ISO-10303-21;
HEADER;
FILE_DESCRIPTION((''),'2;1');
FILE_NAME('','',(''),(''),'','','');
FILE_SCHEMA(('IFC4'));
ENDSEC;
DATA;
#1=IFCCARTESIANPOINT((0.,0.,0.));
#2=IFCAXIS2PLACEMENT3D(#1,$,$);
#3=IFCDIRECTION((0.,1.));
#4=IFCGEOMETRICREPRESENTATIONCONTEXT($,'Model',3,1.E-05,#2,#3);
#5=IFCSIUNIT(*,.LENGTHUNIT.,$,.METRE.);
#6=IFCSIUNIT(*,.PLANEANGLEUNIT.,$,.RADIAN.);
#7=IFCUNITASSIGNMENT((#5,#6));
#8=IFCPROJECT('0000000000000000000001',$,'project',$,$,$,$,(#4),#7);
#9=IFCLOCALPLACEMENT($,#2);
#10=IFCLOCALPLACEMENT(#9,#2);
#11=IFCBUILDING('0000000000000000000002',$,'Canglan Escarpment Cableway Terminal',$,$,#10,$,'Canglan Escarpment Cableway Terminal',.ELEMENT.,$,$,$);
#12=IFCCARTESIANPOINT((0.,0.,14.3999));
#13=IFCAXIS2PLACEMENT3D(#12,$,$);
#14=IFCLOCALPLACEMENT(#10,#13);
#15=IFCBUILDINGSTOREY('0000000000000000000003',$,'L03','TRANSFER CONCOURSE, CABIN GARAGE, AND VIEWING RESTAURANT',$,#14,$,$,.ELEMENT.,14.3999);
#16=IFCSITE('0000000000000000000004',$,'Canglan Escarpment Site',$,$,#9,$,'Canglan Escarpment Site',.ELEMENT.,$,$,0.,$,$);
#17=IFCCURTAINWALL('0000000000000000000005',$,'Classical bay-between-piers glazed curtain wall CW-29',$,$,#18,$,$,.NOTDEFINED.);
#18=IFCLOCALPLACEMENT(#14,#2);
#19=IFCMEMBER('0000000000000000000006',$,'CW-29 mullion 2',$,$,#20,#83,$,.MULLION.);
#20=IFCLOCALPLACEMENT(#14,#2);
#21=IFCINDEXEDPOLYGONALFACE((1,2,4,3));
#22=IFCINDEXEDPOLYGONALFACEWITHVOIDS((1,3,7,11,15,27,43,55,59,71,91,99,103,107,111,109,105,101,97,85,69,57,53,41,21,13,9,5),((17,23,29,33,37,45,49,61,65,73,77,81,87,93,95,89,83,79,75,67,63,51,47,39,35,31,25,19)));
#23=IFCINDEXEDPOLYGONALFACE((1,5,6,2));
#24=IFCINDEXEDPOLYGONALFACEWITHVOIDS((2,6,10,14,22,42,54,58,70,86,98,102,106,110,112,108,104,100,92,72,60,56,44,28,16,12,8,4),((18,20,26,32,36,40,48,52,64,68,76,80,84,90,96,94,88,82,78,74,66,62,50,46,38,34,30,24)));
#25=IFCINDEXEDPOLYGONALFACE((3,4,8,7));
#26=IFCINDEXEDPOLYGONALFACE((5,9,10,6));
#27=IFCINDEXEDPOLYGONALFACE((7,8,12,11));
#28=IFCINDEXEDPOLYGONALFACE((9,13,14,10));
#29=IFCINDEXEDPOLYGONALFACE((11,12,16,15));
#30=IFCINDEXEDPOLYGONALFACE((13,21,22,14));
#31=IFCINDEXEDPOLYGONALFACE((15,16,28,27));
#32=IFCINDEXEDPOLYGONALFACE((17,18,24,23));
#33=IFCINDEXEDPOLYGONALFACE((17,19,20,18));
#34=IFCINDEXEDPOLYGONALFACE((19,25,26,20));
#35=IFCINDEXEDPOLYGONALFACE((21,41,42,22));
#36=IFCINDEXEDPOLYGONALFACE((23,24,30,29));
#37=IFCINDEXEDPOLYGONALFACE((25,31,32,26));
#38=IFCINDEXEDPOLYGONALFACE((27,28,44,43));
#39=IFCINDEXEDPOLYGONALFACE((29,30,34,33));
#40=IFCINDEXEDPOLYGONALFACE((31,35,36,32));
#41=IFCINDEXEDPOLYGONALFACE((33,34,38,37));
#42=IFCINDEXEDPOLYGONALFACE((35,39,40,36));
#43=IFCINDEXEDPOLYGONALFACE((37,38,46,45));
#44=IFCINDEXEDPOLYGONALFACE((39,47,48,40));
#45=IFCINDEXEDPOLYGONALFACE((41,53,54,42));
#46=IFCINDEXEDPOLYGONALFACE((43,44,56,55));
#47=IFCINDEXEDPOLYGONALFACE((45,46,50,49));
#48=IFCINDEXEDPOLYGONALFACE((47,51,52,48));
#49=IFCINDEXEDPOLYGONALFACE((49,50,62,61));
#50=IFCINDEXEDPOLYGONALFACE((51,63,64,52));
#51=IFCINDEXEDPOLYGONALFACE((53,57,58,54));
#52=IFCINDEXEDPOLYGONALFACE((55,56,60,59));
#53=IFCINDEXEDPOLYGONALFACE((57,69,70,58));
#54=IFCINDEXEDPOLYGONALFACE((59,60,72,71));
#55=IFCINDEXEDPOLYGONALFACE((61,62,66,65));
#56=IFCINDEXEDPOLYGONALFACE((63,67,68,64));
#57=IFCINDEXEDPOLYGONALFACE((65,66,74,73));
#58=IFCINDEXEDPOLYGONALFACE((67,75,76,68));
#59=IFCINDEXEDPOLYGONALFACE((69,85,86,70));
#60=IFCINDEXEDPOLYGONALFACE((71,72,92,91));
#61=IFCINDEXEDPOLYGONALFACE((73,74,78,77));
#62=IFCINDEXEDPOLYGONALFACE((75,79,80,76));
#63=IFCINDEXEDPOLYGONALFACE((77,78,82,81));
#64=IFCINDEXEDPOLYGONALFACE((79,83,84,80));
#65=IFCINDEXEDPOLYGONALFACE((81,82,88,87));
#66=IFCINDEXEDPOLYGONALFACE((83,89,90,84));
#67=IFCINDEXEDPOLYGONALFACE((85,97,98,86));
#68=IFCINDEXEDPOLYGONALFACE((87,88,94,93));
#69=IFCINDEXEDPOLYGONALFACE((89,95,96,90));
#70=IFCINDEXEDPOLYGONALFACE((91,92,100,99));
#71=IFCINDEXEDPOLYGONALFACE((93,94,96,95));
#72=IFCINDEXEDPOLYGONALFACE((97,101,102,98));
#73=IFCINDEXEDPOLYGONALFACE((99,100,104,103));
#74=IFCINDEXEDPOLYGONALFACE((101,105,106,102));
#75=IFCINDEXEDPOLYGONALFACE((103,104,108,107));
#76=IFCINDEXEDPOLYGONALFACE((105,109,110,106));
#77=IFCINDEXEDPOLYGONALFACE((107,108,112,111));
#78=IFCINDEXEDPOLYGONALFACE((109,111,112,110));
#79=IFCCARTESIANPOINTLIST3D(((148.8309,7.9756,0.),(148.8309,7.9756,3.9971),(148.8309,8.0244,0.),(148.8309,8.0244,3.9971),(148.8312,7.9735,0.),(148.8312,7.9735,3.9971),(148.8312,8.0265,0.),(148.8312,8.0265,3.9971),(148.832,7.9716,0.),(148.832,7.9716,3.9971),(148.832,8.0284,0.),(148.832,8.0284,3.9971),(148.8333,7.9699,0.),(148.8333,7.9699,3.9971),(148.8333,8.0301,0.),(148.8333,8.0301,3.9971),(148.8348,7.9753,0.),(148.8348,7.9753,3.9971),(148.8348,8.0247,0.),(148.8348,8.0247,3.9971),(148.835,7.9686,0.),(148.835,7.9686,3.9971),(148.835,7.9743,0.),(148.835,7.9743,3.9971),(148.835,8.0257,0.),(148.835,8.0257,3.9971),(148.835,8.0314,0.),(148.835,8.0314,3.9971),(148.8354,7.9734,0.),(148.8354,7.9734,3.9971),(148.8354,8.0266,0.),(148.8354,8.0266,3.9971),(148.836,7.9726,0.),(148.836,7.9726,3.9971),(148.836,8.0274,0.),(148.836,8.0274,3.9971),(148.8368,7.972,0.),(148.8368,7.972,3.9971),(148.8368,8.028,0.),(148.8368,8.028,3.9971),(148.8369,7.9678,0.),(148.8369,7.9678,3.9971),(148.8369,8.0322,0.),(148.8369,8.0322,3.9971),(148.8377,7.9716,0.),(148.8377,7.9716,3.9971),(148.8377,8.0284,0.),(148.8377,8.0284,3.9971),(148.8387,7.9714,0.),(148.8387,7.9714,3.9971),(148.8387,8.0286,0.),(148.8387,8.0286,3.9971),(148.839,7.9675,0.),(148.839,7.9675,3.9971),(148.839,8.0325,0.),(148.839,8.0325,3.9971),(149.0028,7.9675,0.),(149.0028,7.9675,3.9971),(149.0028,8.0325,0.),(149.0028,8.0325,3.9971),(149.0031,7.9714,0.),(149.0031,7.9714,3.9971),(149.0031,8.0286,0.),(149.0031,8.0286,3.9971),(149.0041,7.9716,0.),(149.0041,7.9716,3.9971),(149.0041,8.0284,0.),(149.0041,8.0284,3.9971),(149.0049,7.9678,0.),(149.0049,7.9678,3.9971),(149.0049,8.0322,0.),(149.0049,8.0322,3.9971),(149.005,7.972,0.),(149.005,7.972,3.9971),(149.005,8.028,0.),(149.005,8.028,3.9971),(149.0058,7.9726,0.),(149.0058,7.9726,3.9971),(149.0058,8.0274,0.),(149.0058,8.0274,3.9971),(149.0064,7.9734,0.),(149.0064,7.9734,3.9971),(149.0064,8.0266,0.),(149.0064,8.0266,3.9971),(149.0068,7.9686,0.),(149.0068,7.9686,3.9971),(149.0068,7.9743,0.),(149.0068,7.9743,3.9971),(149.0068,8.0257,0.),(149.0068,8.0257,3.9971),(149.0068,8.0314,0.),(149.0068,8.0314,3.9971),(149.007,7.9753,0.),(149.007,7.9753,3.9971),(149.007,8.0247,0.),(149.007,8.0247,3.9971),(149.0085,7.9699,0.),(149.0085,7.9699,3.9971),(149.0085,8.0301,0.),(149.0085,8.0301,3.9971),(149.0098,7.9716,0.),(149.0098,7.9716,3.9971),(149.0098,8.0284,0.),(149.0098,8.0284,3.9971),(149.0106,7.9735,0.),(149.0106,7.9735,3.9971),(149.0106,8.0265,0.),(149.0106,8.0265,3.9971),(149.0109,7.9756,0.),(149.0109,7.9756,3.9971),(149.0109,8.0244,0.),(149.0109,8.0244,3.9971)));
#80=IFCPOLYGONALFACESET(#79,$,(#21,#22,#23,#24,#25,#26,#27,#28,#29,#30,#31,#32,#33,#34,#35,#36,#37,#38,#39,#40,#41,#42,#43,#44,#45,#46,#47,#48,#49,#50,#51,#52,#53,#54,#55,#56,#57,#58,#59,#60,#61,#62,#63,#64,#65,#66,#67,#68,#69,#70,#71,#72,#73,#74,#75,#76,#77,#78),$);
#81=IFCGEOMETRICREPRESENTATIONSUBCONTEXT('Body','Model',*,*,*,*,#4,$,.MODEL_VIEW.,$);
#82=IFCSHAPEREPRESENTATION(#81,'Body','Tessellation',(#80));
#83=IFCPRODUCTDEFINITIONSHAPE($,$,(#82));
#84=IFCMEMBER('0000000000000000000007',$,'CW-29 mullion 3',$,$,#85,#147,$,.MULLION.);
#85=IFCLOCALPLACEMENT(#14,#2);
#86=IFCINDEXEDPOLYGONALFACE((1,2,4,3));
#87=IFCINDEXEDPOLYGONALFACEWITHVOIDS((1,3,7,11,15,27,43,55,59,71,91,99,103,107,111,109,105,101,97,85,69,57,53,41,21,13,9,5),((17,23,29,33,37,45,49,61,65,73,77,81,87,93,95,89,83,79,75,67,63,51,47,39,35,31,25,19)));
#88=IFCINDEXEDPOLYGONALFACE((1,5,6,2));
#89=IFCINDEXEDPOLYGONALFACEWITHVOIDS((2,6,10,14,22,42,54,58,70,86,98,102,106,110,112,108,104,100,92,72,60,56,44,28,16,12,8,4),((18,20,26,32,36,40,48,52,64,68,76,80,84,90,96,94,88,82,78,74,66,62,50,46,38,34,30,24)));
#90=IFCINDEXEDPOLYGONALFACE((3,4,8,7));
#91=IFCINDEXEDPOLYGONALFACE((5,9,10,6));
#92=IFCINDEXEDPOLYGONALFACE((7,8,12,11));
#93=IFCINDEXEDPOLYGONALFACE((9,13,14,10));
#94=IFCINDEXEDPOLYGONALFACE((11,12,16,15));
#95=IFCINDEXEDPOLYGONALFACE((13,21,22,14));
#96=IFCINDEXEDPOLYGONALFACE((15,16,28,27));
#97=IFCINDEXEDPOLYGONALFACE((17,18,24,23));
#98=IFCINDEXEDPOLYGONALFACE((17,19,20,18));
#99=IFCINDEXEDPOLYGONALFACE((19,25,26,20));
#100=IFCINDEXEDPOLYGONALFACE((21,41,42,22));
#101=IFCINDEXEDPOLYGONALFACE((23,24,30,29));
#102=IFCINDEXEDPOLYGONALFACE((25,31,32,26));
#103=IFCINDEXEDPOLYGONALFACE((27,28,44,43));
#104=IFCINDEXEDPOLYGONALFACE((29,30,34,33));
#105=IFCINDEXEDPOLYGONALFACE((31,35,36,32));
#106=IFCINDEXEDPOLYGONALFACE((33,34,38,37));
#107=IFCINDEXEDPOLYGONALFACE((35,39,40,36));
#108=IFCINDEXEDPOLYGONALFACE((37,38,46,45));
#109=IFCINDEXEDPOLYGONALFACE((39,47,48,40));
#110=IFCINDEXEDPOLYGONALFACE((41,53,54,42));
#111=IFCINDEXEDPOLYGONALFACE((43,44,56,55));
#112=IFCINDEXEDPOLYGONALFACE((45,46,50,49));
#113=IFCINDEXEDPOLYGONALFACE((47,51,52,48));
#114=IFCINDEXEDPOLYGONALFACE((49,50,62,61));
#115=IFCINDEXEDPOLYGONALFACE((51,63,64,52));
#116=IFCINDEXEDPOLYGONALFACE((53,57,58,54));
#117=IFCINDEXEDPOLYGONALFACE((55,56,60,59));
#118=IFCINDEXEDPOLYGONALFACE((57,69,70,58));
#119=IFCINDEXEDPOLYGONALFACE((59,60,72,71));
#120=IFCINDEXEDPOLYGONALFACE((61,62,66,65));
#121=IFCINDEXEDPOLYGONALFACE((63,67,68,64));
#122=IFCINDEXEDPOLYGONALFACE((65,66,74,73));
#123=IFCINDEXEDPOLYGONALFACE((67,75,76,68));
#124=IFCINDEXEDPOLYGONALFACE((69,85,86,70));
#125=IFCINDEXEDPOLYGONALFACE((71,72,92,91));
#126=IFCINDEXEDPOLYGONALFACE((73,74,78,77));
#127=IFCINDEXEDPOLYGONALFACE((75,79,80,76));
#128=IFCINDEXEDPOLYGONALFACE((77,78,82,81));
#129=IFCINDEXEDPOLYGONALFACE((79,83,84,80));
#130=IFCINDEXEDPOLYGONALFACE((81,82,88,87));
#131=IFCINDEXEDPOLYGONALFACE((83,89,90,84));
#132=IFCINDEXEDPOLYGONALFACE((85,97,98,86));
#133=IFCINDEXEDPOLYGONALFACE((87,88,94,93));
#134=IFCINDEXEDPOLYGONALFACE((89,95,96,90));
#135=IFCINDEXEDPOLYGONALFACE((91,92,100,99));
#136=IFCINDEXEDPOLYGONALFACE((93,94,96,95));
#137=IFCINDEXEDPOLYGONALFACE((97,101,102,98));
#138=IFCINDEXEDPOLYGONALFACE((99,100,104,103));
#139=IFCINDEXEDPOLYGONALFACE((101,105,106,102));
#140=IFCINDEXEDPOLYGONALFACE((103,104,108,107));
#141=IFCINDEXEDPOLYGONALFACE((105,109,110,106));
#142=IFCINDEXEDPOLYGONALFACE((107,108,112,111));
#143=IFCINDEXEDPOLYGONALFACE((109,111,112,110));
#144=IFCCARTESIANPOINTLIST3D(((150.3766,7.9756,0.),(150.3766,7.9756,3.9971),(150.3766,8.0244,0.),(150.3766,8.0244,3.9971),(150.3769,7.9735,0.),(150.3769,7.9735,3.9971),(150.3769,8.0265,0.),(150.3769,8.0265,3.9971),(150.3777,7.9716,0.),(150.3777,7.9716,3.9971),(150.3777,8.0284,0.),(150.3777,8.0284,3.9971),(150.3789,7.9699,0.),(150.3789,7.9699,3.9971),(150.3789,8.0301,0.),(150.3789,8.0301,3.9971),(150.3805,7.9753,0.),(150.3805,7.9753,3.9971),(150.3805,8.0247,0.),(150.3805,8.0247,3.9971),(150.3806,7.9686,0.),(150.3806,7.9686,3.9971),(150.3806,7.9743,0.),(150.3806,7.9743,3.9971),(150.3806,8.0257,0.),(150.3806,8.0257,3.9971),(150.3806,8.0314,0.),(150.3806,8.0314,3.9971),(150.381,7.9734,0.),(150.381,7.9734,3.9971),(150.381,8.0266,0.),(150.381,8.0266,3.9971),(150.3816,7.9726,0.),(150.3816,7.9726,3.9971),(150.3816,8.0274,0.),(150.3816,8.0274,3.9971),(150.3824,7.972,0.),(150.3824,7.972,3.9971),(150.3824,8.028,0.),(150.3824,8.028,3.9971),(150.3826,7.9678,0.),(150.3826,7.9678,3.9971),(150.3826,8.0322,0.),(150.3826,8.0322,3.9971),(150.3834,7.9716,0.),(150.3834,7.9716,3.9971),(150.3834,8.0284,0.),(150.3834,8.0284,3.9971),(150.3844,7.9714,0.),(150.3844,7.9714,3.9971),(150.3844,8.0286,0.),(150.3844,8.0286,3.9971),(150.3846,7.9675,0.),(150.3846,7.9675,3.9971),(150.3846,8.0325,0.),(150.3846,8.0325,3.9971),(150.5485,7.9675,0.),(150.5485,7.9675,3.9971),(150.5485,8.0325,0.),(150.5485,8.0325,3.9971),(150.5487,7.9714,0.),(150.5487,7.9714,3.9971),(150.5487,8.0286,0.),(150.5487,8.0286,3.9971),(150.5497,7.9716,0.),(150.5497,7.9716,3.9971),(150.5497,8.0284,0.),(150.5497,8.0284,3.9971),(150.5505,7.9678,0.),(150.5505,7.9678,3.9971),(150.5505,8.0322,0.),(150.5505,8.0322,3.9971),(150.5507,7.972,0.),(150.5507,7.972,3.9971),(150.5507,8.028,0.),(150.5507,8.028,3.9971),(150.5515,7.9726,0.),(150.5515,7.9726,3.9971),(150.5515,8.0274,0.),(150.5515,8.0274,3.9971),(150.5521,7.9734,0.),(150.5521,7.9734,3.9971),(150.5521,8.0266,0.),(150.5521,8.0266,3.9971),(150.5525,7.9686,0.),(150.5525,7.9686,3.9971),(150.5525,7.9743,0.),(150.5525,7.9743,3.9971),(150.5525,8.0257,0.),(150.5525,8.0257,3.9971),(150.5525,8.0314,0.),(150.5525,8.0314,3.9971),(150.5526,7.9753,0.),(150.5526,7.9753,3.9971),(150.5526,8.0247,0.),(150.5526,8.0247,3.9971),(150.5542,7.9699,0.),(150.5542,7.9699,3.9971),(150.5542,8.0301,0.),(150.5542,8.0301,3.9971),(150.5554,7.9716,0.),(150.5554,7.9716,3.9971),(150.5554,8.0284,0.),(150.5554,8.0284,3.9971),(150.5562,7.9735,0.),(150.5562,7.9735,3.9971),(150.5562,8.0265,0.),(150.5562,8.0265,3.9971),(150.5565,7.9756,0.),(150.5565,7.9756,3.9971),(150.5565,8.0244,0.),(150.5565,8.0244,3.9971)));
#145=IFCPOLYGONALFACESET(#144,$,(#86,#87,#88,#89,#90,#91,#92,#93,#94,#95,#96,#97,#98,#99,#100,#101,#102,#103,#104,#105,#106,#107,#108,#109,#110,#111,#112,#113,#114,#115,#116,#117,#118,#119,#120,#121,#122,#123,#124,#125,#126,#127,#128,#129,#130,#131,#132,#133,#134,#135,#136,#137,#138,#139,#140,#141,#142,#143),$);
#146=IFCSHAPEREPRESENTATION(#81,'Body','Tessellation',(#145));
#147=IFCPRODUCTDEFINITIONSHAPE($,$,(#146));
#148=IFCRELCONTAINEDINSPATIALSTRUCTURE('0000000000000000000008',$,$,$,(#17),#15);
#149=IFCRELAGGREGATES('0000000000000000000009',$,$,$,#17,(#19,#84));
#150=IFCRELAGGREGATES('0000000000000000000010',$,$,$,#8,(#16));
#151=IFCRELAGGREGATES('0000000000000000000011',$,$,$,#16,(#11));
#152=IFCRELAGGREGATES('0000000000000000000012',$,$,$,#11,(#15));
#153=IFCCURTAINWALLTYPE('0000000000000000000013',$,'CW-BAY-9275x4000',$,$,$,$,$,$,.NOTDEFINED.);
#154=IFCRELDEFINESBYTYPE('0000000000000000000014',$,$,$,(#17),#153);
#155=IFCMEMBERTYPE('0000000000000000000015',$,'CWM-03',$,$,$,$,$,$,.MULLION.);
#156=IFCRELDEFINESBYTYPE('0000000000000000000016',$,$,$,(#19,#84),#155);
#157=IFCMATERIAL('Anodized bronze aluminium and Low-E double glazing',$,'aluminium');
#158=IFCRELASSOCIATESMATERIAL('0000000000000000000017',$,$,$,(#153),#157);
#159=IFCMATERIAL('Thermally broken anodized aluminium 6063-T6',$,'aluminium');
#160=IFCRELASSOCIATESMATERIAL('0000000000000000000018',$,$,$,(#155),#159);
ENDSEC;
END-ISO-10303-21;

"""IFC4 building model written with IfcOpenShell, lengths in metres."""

from ifc_helpers import new_model, si_unit, direction, frame, origin, origin_2d, place, context, subcontext, project, spatial, hollow_rectangle, extrude, material, material_profile, profile_set, type_object, element, aggregate, save


model = new_model("IFC4")

# Units and contexts
model_context = context("Model", 3, precision=1e-05, world=origin(), true_north=direction((0.0, 1.0)))
body_context = subcontext(model_context, "Body", "Model", "MODEL_VIEW")
ifc_project = project(units=[si_unit("LENGTHUNIT", "METRE"), si_unit("PLANEANGLEUNIT", "RADIAN")], contexts=[model_context])

# Site, building, storey
site_placement = place(None, origin())
site = spatial("IfcSite", under=ifc_project, at=site_placement, Name="Canglan Escarpment Site", LongName="Canglan Escarpment Site", CompositionType="ELEMENT", RefElevation=0.0)
building_placement = place(site_placement, origin())
building = spatial("IfcBuilding", under=site, at=building_placement, Name="Canglan Escarpment Cableway Terminal", LongName="Canglan Escarpment Cableway Terminal", CompositionType="ELEMENT")
storey_placement = place(building_placement, frame((0.0, 0.0, 14.3999)))
storey = spatial("IfcBuildingStorey", under=building, at=storey_placement, Name="L03", Description="TRANSFER CONCOURSE, CABIN GARAGE, AND VIEWING RESTAURANT", CompositionType="ELEMENT", Elevation=14.3999)

# Curtain wall, members
ifc_material_1 = material(Name="Anodized bronze aluminium and Low-E double glazing", Category="aluminium")
curtain_wall_type = type_object("IfcCurtainWallType", Name="CW-BAY-9275x4000", PredefinedType="NOTDEFINED", material=ifc_material_1)
curtain_wall_placement = place(storey_placement, origin())
curtain_wall = element("IfcCurtainWall", 1, at=curtain_wall_placement, inside=storey, type_object=curtain_wall_type, Name="Classical bay-between-piers glazed curtain wall CW-29", PredefinedType="NOTDEFINED")
ifc_material_2 = material(Name="Thermally broken anodized aluminium 6063-T6", Category="aluminium")
ifc_material_profile_1 = material_profile(ifc_material_2, hollow_rectangle(XDim=0.0649, YDim=0.1799, WallThickness=0.0039, InnerFilletRadius=0.0039, OuterFilletRadius=0.0081, at=origin_2d()), Name="ALU-MULL 65x180x4")
ifc_profile_set_1 = profile_set([ifc_material_profile_1], Name="Thermally broken anodized aluminium 6063-T6")
member_type_1 = type_object("IfcMemberType", Name="CWM-03", PredefinedType="MULLION", material=ifc_profile_set_1)
member_1_placement = place(storey_placement, frame((148.9209, 8.0, 0.0), z_axis=(0.0, 0.0, 1.0), x_axis=(0.0, 1.0, 0.0)))
member_1 = element("IfcMember", 2, at=member_1_placement, type_object=member_type_1, Name="CW-29 mullion 2", PredefinedType="MULLION", context=body_context, shape_type="SweptSolid", body=[
    extrude(hollow_rectangle(XDim=0.0649, YDim=0.1799, WallThickness=0.0039, InnerFilletRadius=0.0039, OuterFilletRadius=0.0081, at=origin_2d()), origin(), (0.0, 0.0, 1.0), 3.9971),
])
member_2_placement = place(storey_placement, frame((150.4666, 8.0, 0.0), z_axis=(0.0, 0.0, 1.0), x_axis=(0.0, 1.0, 0.0)))
member_2 = element("IfcMember", 3, at=member_2_placement, type_object=member_type_1, Name="CW-29 mullion 3", PredefinedType="MULLION", context=body_context, shape_type="SweptSolid", body=[
    extrude(hollow_rectangle(XDim=0.0649, YDim=0.1799, WallThickness=0.0039, InnerFilletRadius=0.0039, OuterFilletRadius=0.0081, at=origin_2d()), origin(), (0.0, 0.0, 1.0), 3.9971),
])
aggregate(curtain_wall, [member_1, member_2])

save(model, "model.ifc")
